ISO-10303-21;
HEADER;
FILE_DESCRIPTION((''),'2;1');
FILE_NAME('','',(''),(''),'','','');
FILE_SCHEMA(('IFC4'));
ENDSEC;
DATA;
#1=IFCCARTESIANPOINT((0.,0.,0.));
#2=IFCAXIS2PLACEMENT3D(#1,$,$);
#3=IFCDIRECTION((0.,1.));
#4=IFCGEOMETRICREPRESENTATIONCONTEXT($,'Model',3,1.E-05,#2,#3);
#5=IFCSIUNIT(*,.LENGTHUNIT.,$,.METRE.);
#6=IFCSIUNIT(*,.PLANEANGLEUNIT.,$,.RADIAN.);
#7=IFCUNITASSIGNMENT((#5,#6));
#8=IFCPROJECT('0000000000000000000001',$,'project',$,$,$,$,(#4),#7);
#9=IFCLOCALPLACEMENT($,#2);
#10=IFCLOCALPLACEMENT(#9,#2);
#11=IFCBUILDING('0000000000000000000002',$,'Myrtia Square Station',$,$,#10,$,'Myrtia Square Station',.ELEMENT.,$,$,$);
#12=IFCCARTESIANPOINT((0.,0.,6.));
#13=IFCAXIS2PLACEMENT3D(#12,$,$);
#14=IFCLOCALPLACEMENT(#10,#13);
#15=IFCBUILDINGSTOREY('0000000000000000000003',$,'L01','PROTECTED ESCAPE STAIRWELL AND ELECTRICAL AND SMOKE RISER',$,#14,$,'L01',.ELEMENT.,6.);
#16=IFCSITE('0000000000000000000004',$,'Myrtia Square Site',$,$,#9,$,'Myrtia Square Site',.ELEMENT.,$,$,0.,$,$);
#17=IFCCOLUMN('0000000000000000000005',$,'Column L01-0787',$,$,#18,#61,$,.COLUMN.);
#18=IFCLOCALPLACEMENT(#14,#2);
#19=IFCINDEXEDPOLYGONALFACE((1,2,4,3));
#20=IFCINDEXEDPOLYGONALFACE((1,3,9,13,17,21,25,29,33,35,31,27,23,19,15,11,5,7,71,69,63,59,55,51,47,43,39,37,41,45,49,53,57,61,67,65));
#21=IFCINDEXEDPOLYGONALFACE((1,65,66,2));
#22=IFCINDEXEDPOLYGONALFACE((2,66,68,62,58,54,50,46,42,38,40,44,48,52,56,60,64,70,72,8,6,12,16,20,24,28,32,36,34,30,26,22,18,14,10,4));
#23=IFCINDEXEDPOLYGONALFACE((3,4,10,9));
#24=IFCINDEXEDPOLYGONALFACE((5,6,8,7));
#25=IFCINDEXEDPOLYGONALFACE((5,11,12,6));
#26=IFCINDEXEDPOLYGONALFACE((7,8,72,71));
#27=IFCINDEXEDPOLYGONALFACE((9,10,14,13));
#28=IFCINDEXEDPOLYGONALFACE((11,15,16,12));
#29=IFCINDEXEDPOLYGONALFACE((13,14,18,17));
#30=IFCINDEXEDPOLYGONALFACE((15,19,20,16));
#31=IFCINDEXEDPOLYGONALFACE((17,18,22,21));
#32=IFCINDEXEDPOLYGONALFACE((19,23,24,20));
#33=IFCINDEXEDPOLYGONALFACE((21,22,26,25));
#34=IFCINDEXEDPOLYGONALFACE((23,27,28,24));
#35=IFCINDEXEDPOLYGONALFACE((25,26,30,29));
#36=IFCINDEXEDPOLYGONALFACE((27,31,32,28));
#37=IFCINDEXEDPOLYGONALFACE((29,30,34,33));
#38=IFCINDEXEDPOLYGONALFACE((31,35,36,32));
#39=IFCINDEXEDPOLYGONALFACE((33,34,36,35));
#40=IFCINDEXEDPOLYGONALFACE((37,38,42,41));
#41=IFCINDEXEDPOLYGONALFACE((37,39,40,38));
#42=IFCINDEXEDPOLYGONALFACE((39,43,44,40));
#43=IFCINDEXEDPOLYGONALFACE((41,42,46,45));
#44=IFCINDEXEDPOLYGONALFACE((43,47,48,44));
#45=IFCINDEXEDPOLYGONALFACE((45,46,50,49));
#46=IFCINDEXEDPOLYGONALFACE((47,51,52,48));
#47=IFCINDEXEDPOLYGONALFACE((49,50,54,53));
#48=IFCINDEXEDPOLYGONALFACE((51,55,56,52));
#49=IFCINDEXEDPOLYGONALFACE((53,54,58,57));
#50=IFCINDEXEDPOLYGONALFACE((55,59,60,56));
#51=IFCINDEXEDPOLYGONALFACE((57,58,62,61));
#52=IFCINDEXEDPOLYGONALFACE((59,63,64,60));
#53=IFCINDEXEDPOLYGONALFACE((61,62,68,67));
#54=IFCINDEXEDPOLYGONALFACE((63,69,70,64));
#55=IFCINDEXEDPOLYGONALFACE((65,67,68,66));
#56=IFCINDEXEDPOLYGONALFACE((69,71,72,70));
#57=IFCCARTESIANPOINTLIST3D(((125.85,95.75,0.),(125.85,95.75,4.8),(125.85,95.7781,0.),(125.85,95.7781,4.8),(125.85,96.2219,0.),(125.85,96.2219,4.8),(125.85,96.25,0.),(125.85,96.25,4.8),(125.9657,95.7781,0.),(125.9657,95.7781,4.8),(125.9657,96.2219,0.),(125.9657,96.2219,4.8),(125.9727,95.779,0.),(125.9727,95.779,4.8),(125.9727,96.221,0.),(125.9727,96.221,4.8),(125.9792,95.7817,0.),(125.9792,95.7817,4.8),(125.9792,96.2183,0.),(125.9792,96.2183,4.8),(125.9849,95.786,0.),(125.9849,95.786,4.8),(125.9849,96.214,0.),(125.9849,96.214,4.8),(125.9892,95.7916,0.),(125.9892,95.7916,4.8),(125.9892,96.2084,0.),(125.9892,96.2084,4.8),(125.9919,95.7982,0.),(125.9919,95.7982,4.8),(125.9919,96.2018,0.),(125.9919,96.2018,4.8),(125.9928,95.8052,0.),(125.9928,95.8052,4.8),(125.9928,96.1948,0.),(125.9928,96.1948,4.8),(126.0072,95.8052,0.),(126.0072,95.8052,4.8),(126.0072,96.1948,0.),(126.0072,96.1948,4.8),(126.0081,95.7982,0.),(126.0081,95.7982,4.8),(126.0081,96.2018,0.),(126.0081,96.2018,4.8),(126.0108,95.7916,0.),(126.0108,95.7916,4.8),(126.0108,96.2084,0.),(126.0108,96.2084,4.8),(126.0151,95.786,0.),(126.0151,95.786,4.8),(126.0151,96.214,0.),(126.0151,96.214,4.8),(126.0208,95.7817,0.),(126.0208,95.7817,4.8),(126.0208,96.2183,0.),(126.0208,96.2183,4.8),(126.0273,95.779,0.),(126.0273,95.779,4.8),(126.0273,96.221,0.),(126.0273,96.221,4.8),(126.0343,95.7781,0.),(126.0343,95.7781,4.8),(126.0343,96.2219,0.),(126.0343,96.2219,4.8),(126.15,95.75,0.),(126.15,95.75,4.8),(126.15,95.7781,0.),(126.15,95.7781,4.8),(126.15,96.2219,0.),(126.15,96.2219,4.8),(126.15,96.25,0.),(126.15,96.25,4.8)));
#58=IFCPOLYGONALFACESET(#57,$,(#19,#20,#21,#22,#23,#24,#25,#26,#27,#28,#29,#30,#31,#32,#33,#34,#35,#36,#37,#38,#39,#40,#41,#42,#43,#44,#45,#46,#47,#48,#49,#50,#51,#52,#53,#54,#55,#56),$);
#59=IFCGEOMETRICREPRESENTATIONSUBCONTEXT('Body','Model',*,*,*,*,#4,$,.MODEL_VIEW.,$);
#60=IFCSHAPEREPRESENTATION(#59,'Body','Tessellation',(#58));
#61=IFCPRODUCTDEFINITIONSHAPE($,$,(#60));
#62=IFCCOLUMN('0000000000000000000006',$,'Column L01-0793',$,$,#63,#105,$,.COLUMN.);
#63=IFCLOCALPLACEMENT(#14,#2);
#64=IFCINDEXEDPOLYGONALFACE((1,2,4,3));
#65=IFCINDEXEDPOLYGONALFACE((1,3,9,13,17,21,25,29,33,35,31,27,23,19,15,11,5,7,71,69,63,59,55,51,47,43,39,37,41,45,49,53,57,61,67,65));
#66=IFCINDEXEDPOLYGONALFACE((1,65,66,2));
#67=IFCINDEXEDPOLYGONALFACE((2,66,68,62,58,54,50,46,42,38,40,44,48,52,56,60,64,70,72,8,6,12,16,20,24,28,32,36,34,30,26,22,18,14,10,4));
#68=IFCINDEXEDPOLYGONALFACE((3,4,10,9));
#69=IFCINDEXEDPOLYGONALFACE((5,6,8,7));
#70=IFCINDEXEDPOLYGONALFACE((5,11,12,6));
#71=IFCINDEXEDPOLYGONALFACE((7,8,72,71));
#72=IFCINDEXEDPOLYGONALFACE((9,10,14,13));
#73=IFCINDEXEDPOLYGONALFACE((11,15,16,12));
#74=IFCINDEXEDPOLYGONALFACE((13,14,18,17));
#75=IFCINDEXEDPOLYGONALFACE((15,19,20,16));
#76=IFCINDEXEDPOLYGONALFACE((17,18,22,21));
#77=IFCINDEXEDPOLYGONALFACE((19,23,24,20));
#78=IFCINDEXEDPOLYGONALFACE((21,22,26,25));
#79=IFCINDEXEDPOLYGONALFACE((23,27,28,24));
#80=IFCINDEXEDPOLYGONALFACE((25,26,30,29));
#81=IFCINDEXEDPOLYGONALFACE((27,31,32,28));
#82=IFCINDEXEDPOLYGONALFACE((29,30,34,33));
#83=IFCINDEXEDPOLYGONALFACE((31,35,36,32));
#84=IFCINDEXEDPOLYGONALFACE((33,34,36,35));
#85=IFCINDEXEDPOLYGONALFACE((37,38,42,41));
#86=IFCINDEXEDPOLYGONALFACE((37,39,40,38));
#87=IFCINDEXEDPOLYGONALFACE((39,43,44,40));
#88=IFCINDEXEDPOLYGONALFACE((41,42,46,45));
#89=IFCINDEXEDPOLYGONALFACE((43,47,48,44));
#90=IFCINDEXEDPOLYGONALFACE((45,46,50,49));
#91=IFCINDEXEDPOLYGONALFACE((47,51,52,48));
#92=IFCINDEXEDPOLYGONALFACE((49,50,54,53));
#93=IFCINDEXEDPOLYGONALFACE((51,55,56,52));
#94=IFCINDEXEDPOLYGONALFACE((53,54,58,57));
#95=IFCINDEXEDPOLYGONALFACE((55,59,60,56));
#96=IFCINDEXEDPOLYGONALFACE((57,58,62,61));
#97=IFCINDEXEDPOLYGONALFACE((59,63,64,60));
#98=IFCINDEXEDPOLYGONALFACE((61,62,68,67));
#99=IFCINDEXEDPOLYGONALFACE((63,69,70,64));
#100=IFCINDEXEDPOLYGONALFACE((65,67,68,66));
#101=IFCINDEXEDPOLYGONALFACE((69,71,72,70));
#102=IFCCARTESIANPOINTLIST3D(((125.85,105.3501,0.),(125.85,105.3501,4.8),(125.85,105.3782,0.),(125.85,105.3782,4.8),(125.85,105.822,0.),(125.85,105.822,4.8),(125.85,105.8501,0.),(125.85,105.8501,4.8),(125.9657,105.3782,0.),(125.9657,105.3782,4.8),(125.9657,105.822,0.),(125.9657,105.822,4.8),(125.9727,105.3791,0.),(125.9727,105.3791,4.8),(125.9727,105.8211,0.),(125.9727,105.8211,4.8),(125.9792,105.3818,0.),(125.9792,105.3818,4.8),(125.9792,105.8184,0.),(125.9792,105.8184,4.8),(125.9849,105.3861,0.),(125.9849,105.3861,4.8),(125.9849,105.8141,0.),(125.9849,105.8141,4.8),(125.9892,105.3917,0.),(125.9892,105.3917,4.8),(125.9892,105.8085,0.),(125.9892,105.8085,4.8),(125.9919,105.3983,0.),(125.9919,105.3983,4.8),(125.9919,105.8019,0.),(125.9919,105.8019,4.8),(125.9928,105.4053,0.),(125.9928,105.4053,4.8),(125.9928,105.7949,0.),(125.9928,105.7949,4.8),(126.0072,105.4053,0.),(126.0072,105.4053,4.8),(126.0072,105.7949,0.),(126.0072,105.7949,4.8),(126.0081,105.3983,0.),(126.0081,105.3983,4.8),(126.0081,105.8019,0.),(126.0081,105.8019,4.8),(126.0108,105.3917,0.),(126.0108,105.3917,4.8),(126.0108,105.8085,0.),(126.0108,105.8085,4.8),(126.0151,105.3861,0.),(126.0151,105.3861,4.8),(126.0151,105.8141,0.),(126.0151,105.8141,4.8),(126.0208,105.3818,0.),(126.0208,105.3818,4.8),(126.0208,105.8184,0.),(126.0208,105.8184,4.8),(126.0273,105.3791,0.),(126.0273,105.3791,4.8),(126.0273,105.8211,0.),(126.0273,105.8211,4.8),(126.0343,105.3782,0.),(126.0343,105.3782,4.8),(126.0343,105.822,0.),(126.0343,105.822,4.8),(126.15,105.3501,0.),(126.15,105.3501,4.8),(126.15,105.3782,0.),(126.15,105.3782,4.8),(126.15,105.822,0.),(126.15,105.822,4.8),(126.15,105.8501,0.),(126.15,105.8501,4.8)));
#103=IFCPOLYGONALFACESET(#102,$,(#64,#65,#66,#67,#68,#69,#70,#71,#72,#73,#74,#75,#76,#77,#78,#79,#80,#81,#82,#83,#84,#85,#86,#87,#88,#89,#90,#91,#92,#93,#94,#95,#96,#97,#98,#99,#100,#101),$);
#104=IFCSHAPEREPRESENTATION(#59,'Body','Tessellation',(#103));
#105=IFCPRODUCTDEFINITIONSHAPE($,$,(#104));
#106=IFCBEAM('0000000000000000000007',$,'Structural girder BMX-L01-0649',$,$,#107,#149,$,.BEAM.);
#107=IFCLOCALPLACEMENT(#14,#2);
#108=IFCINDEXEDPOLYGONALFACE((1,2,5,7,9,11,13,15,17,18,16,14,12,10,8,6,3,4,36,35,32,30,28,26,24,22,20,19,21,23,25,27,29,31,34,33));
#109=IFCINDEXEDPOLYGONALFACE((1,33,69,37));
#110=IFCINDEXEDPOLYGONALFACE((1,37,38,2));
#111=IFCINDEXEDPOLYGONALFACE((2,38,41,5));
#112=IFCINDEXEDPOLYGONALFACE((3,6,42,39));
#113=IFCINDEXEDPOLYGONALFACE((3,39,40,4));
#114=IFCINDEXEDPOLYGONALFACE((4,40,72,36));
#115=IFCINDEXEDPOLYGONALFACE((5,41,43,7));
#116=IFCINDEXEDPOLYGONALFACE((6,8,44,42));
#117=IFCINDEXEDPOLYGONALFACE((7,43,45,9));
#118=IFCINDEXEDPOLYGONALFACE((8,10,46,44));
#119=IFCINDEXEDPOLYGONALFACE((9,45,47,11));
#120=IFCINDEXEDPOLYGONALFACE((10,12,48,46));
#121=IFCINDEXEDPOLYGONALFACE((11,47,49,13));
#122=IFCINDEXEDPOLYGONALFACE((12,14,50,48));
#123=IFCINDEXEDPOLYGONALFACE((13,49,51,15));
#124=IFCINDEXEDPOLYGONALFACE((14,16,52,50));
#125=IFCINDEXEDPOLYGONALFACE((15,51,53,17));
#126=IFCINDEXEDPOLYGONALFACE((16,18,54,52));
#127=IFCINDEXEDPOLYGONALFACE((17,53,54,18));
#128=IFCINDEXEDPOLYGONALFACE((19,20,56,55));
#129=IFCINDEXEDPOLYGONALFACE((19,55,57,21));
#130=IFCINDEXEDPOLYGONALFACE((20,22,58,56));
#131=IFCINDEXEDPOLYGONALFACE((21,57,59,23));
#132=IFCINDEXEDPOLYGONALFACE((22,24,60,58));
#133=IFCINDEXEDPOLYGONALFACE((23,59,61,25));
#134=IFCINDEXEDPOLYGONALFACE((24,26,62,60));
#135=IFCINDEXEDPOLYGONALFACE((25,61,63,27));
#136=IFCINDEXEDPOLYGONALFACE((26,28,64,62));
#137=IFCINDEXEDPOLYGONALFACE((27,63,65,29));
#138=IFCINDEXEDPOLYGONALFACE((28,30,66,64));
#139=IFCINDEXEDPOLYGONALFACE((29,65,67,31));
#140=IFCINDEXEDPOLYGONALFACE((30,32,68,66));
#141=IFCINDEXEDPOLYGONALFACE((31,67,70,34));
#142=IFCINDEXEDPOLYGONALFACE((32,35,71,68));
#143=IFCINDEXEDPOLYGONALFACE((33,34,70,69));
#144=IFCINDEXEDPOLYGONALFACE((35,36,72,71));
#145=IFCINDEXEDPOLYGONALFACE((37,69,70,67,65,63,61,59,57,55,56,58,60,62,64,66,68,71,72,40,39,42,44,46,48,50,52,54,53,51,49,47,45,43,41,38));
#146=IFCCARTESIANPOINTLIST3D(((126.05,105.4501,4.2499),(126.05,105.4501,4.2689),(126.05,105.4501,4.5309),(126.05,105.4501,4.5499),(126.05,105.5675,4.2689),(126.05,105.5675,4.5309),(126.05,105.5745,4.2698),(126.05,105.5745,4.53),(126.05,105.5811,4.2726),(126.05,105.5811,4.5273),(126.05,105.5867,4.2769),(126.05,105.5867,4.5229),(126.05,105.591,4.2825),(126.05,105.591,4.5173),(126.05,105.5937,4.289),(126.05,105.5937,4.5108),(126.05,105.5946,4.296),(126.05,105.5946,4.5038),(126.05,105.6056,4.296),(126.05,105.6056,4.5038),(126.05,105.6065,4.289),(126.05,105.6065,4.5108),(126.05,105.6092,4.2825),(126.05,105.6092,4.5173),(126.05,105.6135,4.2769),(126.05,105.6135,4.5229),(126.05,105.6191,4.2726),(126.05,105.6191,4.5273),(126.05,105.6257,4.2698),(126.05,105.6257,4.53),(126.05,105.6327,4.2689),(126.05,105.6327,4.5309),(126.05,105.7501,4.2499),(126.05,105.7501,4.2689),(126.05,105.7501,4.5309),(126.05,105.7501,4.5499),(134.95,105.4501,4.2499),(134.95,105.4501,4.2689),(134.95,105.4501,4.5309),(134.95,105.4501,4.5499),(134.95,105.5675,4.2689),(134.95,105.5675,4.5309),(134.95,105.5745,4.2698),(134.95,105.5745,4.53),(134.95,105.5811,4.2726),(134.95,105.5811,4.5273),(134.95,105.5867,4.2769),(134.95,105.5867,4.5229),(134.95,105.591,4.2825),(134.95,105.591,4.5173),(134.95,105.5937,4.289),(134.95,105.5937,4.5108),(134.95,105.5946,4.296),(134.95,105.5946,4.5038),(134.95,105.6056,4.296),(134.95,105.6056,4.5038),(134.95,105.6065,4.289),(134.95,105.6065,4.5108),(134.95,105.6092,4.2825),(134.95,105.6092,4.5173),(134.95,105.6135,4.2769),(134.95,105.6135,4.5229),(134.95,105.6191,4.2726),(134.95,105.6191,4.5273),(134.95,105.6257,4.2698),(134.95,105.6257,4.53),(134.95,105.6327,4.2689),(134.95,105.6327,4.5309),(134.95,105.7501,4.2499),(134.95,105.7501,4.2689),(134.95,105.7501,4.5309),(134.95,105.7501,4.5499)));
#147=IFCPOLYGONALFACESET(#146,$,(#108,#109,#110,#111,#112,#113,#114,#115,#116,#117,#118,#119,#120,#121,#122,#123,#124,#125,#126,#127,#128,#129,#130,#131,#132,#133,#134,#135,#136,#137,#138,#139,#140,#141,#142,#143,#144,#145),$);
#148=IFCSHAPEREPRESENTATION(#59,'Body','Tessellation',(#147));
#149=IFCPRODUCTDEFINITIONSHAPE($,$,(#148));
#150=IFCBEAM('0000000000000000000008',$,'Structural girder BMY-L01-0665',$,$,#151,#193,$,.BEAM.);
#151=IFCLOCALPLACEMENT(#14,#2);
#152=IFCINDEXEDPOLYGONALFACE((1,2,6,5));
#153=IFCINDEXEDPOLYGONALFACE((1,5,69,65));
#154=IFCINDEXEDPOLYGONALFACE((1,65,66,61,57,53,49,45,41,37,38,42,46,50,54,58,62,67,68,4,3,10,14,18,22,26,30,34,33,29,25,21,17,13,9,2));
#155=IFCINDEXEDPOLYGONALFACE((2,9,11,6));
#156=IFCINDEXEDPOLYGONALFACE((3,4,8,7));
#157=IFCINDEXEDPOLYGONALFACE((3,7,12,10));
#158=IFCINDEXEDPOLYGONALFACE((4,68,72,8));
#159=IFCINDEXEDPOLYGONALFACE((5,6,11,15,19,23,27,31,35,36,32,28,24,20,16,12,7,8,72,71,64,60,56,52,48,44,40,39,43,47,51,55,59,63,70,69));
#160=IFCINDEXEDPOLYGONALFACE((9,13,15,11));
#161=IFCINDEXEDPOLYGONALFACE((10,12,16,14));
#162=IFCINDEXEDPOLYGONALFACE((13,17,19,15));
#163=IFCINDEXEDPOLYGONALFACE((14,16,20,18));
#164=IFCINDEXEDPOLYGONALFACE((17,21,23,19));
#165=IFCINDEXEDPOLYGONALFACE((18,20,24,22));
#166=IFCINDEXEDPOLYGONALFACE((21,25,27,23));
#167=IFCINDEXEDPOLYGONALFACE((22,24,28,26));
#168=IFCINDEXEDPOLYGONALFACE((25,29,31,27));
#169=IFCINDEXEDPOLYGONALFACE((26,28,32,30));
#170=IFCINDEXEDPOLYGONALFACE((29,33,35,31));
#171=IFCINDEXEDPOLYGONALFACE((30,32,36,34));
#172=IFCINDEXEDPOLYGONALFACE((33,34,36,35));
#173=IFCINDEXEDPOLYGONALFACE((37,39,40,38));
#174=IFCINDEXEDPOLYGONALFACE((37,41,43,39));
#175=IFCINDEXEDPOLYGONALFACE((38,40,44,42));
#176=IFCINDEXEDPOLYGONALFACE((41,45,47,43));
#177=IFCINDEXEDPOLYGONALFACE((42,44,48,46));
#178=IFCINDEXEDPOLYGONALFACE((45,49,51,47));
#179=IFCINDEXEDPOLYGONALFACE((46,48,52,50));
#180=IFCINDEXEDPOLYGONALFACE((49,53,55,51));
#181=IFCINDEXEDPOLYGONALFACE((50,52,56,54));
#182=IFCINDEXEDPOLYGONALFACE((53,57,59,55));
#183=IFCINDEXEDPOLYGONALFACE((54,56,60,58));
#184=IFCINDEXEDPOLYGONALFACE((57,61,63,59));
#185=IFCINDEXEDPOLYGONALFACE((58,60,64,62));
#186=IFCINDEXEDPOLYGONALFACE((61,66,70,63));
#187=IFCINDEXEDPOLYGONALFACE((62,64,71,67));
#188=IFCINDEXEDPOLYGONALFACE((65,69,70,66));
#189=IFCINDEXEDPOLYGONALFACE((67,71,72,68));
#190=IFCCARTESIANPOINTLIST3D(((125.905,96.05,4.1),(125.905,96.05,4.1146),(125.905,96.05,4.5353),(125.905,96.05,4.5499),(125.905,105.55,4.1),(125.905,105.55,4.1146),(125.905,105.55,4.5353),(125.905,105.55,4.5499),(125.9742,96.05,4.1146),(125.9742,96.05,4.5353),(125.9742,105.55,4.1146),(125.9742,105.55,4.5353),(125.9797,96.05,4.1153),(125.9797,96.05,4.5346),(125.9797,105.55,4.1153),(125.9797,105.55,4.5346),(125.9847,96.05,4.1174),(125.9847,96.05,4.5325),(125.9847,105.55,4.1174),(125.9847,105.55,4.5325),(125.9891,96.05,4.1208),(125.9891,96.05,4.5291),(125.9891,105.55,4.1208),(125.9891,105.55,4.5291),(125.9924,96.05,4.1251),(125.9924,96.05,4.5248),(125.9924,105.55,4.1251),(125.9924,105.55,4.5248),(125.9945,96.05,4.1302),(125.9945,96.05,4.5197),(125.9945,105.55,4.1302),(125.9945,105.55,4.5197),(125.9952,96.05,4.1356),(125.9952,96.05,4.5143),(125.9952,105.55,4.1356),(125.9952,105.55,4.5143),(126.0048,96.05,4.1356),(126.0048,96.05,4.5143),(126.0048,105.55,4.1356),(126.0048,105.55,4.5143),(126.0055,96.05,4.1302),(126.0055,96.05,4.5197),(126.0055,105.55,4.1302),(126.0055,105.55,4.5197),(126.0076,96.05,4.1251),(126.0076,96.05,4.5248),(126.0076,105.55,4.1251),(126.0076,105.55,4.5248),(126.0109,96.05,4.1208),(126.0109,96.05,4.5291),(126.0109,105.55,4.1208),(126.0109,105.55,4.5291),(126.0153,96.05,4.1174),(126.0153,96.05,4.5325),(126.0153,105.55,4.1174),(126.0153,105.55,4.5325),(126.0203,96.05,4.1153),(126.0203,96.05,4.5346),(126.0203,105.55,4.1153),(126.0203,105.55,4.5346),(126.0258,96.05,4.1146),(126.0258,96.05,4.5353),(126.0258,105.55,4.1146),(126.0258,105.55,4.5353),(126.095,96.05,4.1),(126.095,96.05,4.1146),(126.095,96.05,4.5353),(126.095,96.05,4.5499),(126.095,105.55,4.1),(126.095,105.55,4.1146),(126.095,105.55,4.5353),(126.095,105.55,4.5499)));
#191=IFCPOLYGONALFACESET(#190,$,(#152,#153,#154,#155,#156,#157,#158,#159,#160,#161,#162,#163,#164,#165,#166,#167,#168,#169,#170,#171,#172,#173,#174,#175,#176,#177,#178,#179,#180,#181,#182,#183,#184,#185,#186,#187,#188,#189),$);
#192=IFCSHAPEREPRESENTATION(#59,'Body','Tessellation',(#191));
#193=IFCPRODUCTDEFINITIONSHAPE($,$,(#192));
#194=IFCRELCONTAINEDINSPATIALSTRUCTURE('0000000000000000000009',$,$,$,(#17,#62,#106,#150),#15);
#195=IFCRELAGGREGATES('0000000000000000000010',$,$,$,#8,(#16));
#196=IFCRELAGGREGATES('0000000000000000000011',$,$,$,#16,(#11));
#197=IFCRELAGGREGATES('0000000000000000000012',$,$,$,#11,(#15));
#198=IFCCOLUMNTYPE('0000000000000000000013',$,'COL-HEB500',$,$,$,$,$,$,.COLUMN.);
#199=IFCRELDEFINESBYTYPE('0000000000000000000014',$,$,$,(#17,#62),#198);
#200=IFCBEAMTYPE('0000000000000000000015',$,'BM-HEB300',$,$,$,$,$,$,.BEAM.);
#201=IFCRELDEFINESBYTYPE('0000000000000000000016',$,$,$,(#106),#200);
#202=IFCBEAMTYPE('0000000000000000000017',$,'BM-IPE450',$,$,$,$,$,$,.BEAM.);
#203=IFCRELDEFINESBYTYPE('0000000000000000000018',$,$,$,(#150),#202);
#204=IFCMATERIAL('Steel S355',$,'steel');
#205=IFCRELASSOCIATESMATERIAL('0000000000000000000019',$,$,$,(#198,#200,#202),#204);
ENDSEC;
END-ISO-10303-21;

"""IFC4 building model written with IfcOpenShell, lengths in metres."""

from ifc_helpers import new_model, si_unit, direction, frame, origin, origin_2d, place, context, subcontext, project, spatial, i_section, extrude, material, material_profile, profile_set, type_object, element, save


model = new_model("IFC4")

# Units and contexts
model_context = context("Model", 3, precision=1e-05, world=origin(), true_north=direction((0.0, 1.0)))
body_context = subcontext(model_context, "Body", "Model", "MODEL_VIEW")
ifc_project = project(units=[si_unit("LENGTHUNIT", "METRE"), si_unit("PLANEANGLEUNIT", "RADIAN")], contexts=[model_context])

# Site, building, storey
site_placement = place(None, origin())
site = spatial("IfcSite", under=ifc_project, at=site_placement, Name="Myrtia Square Site", LongName="Myrtia Square Site", CompositionType="ELEMENT", RefElevation=0.0)
building_placement = place(site_placement, origin())
building = spatial("IfcBuilding", under=site, at=building_placement, Name="Myrtia Square Station", LongName="Myrtia Square Station", CompositionType="ELEMENT")
storey_placement = place(building_placement, frame((0.0, 0.0, 6.0)))
storey = spatial("IfcBuildingStorey", under=building, at=storey_placement, Name="L01", Description="PROTECTED ESCAPE STAIRWELL AND ELECTRICAL AND SMOKE RISER", LongName="L01", CompositionType="ELEMENT", Elevation=6.0)

# Columns
ifc_material_1 = material(Name="Steel S355", Category="steel")
ifc_material_profile_1 = material_profile(ifc_material_1, i_section(OverallWidth=0.3, OverallDepth=0.5, WebThickness=0.0144, FlangeThickness=0.0281, FilletRadius=0.0271, at=origin_2d()), Name="HEB 500")
ifc_profile_set_1 = profile_set([ifc_material_profile_1], Name="Steel S355")
column_type = type_object("IfcColumnType", Name="COL-HEB500", PredefinedType="COLUMN", material=ifc_profile_set_1)
for number, where, z_axis, x_axis, name in (
    (1, (126.0, 96.0, 0.0), (0.0, 0.0, 1.0), (1.0, 0.0, 0.0), "Column L01-0787"),
    (2, (126.0, 105.6001, 0.0), (0.0, 0.0, 1.0), (1.0, 0.0, 0.0), "Column L01-0793"),
):
    element("IfcColumn", number, at=place(storey_placement, frame(where, z_axis=z_axis, x_axis=x_axis)), inside=storey, type_object=column_type, Name=name, PredefinedType="COLUMN", context=body_context, shape_type="SweptSolid", body=[
        extrude(i_section(OverallWidth=0.3, OverallDepth=0.5, WebThickness=0.0144, FlangeThickness=0.0281, FilletRadius=0.0271, at=origin_2d()), origin(), (0.0, 0.0, 1.0), 4.8),
    ])

# Beams
ifc_material_profile_2 = material_profile(ifc_material_1, i_section(OverallWidth=0.3, OverallDepth=0.3, WebThickness=0.011, FlangeThickness=0.019, FilletRadius=0.0271, at=origin_2d()), Name="HEB 300")
ifc_profile_set_2 = profile_set([ifc_material_profile_2], Name="Steel S355")
beam_type_1 = type_object("IfcBeamType", Name="BM-HEB300", PredefinedType="BEAM", material=ifc_profile_set_2)
beam_placement = place(storey_placement, frame((126.05, 105.6001, 4.3999), z_axis=(1.0, 0.0, 0.0), x_axis=(0.0, 1.0, 0.0)))
element("IfcBeam", 3, at=beam_placement, inside=storey, type_object=beam_type_1, Name="Structural girder BMX-L01-0649", PredefinedType="BEAM", context=body_context, shape_type="SweptSolid", body=[
    extrude(i_section(OverallWidth=0.3, OverallDepth=0.3, WebThickness=0.011, FlangeThickness=0.019, FilletRadius=0.0271, at=origin_2d()), origin(), (0.0, 0.0, 1.0), 8.8999),
])
ifc_material_profile_3 = material_profile(ifc_material_1, i_section(OverallWidth=0.1899, OverallDepth=0.45, WebThickness=0.0095, FlangeThickness=0.0146, FilletRadius=0.021, at=origin_2d()), Name="IPE 450")
ifc_profile_set_3 = profile_set([ifc_material_profile_3], Name="Steel S355")
beam_type_2 = type_object("IfcBeamType", Name="BM-IPE450", PredefinedType="BEAM", material=ifc_profile_set_3)
for number, where, z_axis, x_axis, name in (
    (4, (126.0, 96.05, 4.325), (0.0, 1.0, 0.0), (-1.0, 0.0, 0.0), "Structural girder BMY-L01-0665"),
):
    element("IfcBeam", number, at=place(storey_placement, frame(where, z_axis=z_axis, x_axis=x_axis)), inside=storey, type_object=beam_type_2, Name=name, PredefinedType="BEAM", context=body_context, shape_type="SweptSolid", body=[
        extrude(i_section(OverallWidth=0.1899, OverallDepth=0.45, WebThickness=0.0095, FlangeThickness=0.0146, FilletRadius=0.021, at=origin_2d()), origin(), (0.0, 0.0, 1.0), 9.5),
    ])

save(model, "model.ifc")
